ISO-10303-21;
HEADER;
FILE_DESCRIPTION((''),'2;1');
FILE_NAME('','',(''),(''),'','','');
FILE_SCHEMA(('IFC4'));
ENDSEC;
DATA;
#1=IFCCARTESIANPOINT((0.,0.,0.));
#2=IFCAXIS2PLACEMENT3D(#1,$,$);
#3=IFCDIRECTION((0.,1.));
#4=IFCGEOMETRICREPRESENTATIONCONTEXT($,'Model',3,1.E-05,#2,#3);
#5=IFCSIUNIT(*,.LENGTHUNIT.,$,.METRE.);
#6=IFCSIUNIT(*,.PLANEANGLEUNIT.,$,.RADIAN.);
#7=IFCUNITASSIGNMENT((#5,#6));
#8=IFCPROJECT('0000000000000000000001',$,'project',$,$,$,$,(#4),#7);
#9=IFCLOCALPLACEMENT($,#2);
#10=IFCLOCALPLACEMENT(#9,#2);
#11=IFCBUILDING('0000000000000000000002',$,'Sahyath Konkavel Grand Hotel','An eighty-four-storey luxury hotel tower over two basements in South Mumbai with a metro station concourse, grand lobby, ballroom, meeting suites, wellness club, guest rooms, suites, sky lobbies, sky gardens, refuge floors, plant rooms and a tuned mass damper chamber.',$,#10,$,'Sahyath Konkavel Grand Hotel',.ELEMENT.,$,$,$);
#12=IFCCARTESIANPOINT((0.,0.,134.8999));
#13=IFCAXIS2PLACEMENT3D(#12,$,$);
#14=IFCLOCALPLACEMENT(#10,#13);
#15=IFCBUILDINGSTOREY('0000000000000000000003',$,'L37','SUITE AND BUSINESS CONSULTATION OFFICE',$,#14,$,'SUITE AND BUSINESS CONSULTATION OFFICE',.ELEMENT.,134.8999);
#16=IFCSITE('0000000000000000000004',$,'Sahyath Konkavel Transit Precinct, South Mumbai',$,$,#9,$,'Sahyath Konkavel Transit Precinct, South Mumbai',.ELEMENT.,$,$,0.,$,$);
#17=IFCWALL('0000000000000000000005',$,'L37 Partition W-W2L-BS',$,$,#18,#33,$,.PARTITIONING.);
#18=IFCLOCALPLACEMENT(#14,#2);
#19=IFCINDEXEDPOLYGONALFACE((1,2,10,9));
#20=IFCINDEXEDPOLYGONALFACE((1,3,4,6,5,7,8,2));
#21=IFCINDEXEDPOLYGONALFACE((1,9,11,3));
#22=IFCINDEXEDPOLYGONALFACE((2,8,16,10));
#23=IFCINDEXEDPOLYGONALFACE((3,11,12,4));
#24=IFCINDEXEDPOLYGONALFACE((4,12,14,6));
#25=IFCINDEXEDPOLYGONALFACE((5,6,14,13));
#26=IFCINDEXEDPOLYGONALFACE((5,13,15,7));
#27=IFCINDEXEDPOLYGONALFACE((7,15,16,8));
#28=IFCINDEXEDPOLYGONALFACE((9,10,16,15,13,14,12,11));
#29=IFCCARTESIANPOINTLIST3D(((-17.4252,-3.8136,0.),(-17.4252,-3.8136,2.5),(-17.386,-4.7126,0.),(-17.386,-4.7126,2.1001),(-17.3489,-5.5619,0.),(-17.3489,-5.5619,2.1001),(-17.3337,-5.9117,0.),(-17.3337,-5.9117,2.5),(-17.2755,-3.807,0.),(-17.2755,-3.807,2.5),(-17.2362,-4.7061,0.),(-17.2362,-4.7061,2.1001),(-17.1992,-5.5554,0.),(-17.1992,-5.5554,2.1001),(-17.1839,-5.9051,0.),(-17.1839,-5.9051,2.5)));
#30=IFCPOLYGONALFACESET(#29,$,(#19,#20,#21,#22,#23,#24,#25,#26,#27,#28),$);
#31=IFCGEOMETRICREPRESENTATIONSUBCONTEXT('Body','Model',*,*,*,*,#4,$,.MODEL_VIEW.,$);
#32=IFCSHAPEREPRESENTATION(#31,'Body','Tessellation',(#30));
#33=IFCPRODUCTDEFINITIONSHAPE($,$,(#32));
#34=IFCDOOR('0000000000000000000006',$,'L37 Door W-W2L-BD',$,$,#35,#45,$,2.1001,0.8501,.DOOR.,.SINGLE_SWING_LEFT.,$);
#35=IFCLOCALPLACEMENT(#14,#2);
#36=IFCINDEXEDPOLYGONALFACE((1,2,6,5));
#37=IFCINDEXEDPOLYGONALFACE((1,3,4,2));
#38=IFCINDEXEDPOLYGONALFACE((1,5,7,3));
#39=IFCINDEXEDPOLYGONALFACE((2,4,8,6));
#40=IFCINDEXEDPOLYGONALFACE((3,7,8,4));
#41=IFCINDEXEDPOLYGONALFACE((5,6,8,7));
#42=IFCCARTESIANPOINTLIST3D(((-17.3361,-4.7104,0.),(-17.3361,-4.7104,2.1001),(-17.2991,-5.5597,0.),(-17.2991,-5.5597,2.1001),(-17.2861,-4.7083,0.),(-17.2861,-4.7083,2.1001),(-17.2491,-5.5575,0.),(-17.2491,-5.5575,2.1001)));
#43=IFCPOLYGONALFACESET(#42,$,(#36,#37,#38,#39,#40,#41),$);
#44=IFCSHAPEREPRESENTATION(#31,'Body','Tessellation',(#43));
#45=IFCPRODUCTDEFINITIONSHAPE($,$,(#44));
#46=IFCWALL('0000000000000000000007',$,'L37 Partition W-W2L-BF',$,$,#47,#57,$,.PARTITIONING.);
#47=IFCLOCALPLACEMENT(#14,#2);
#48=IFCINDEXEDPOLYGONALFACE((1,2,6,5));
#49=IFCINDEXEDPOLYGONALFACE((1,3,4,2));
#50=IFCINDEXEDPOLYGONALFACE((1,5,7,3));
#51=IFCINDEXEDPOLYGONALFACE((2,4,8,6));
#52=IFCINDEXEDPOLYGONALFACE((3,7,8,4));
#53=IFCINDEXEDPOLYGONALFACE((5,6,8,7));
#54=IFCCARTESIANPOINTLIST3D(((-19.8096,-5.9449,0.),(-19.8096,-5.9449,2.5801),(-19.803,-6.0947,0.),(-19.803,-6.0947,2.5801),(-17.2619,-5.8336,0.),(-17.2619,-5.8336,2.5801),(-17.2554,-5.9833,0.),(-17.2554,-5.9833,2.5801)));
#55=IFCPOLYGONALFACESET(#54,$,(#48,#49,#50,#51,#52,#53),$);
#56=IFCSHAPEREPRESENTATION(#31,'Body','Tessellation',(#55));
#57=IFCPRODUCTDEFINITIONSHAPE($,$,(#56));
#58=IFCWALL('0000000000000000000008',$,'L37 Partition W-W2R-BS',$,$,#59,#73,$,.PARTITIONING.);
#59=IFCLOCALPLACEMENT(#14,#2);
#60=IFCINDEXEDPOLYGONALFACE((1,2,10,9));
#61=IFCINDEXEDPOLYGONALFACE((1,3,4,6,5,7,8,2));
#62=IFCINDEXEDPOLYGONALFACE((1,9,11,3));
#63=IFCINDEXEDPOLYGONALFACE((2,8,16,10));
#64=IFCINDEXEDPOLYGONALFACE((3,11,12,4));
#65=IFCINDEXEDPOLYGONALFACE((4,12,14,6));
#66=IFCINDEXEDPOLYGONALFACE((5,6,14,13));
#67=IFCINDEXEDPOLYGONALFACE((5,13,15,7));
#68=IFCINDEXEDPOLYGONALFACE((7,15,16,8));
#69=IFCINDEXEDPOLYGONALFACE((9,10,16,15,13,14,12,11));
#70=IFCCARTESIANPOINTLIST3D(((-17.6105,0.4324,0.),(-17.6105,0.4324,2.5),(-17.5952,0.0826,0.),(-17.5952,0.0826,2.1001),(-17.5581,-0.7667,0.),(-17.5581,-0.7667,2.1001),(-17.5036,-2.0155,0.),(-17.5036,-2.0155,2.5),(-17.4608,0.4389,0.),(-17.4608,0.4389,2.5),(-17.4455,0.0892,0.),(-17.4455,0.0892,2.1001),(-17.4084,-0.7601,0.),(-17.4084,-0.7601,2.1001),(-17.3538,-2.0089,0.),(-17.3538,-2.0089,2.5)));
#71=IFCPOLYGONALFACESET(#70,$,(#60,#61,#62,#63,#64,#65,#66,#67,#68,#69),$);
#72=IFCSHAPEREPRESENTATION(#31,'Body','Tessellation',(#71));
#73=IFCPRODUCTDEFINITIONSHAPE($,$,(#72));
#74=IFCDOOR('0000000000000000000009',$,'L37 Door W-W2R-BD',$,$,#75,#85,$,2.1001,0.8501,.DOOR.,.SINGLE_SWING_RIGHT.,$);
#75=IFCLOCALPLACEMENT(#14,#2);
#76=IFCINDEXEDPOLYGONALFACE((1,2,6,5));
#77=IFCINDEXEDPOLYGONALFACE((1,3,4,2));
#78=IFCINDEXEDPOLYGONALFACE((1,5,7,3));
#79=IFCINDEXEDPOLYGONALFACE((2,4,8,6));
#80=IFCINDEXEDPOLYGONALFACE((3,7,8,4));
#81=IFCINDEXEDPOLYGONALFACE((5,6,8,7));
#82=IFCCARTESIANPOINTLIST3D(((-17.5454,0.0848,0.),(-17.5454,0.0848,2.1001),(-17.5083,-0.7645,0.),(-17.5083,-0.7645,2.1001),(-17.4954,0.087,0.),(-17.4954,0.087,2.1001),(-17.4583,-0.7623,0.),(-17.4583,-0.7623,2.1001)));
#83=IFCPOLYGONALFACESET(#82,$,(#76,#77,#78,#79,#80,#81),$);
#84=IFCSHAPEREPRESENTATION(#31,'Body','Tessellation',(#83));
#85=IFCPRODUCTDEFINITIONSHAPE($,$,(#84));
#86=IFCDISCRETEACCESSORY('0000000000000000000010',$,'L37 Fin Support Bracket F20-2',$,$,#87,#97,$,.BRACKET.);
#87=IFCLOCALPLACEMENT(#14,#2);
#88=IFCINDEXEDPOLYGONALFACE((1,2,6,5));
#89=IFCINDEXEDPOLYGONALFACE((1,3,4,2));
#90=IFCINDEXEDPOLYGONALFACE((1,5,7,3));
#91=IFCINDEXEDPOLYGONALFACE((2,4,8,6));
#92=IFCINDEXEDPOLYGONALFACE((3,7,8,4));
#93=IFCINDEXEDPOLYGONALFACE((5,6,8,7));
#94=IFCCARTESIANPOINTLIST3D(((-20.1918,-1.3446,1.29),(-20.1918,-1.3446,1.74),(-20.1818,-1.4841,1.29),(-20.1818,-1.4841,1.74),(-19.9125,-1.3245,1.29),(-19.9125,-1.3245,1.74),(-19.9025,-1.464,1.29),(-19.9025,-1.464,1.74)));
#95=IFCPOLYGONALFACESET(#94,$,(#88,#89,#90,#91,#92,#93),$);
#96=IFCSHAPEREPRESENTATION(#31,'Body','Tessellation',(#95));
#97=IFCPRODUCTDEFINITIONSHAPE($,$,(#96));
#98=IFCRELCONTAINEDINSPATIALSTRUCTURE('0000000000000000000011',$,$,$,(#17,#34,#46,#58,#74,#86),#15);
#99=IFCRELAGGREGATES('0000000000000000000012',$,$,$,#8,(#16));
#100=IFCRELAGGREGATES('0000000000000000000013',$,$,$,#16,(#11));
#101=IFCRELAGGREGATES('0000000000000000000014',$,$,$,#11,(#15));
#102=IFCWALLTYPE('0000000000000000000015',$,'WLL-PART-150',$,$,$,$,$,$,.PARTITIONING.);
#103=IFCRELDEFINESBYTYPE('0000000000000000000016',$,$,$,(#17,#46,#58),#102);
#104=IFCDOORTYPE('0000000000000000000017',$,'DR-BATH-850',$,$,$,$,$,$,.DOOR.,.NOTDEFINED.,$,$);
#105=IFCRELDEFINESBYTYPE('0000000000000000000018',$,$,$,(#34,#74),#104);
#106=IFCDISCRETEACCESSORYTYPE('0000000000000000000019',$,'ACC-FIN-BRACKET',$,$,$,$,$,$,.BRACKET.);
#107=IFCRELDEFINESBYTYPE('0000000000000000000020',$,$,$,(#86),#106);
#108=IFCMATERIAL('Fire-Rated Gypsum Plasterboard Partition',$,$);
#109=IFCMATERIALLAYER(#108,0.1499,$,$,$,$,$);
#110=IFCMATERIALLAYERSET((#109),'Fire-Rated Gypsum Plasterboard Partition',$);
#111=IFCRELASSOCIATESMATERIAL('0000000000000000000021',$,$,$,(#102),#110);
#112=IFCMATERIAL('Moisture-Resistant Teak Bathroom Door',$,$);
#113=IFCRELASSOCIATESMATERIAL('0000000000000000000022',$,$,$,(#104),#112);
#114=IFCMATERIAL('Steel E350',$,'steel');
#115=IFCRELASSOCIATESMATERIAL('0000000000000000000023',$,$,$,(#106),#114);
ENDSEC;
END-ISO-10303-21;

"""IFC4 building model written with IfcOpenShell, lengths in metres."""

from ifc_helpers import new_model, si_unit, direction, frame, frame_2d, origin, origin_2d, place, context, subcontext, project, spatial, rectangle, extrude, source, transform, mapped, material, layer, layer_set, type_object, element, fill, save


model = new_model("IFC4")

# Units and contexts
model_context = context("Model", 3, precision=1e-05, world=origin(), true_north=direction((0.0, 1.0)))
body_context = subcontext(model_context, "Body", "Model", "MODEL_VIEW")
ifc_project = project(units=[si_unit("LENGTHUNIT", "METRE"), si_unit("PLANEANGLEUNIT", "RADIAN")], contexts=[model_context])

# Site, building, storey
site_placement = place(None, origin())
site = spatial("IfcSite", under=ifc_project, at=site_placement, Name="Sahyath Konkavel Transit Precinct, South Mumbai", LongName="Sahyath Konkavel Transit Precinct, South Mumbai", CompositionType="ELEMENT", RefElevation=0.0)
building_placement = place(site_placement, origin())
building = spatial("IfcBuilding", under=site, at=building_placement, Name="Sahyath Konkavel Grand Hotel", Description="An eighty-four-storey luxury hotel tower over two basements in South Mumbai with a metro station concourse, grand lobby, ballroom, meeting suites, wellness club, guest rooms, suites, sky lobbies, sky gardens, refuge floors, plant rooms and a tuned mass damper chamber.", LongName="Sahyath Konkavel Grand Hotel", CompositionType="ELEMENT")
storey_placement = place(building_placement, frame((0.0, 0.0, 134.8999)))
storey = spatial("IfcBuildingStorey", under=building, at=storey_placement, Name="L37", Description="SUITE AND BUSINESS CONSULTATION OFFICE", LongName="SUITE AND BUSINESS CONSULTATION OFFICE", CompositionType="ELEMENT", Elevation=134.8999)

# Shared definitions
ifc_material_1 = material(Name="Steel E350", Category="steel")

# Wall, opening, door
ifc_material_2 = material(Name="Fire-Rated Gypsum Plasterboard Partition")
ifc_layer_1 = layer(ifc_material_2, 0.1499)
ifc_layer_set_1 = layer_set([ifc_layer_1], Name="Fire-Rated Gypsum Plasterboard Partition")
wall_type_1 = type_object("IfcWallType", Name="WLL-PART-150", PredefinedType="PARTITIONING", material=ifc_layer_set_1)
wall_1_placement = place(storey_placement, frame((-17.3503, -3.8103, 0.0), z_axis=(0.0, 0.0, 1.0), x_axis=(0.043594, -0.999049, 0.0)))
wall_1 = element("IfcWall", 1, at=wall_1_placement, inside=storey, type_object=wall_type_1, Name="L37 Partition W-W2L-BS", PredefinedType="PARTITIONING", context=body_context, shape_type="SweptSolid", body=[
    extrude(rectangle(XDim=2.1001, YDim=0.1499, at=frame_2d((1.05, 0.0))), origin(), (0.0, 0.0, 1.0), 2.5),
])
opening_1_placement = place(wall_1_placement, frame((0.8999, 0.0, 0.0)))
opening_1 = element("IfcOpeningElement", 2, at=opening_1_placement, cuts=wall_1, PredefinedType="OPENING", context=body_context, shape_type="SweptSolid", body=[
    extrude(rectangle(XDim=0.8501, YDim=2.1001, at=frame_2d((0.425, 1.05))), frame((0.0, 0.085, 0.0), z_axis=(0.0, -1.0, 0.0), x_axis=(1.0, 0.0, 0.0)), (0.0, 0.0, 1.0), 0.1699),
])
ifc_material_3 = material(Name="Moisture-Resistant Teak Bathroom Door")
door_type = type_object("IfcDoorType", Name="DR-BATH-850", OperationType="NOTDEFINED", PredefinedType="DOOR", material=ifc_material_3)
shared_shape_1 = source(origin(), body_context, "Body", "SweptSolid", [
    extrude(rectangle(XDim=0.8501, YDim=0.05, at=origin_2d()), origin(), (0.0, 0.0, 1.0), 2.1001),
])
door_1_placement = place(opening_1_placement, frame((0.425, 0.0, 0.0)))
door_1 = element("IfcDoor", 3, at=door_1_placement, inside=storey, type_object=door_type, Name="L37 Door W-W2L-BD", OperationType="SINGLE_SWING_LEFT", OverallHeight=2.1001, OverallWidth=0.8501, PredefinedType="DOOR", context=body_context, shape_type="MappedRepresentation", body=[
    mapped(shared_shape_1, transform((0.0, 0.0, 0.0), scale=1.0)),
])
fill(opening_1, door_1)

# Wall
wall_2_placement = place(storey_placement, frame((-17.2588, -5.9084, 0.0), z_axis=(0.0, 0.0, 1.0), x_axis=(-0.999047, -0.043657, 0.0)))
element("IfcWall", 4, at=wall_2_placement, inside=storey, type_object=wall_type_1, Name="L37 Partition W-W2L-BF", PredefinedType="PARTITIONING", context=body_context, shape_type="SweptSolid", body=[
    extrude(rectangle(XDim=2.55, YDim=0.1499, at=frame_2d((1.2749, 0.0))), origin(), (0.0, 0.0, 1.0), 2.5801),
])

# Wall, opening, door
wall_3_placement = place(storey_placement, frame((-17.4287, -2.0122, 0.0), z_axis=(0.0, 0.0, 1.0), x_axis=(-0.043645, 0.999047, 0.0)))
wall_3 = element("IfcWall", 5, at=wall_3_placement, inside=storey, type_object=wall_type_1, Name="L37 Partition W-W2R-BS", PredefinedType="PARTITIONING", context=body_context, shape_type="SweptSolid", body=[
    extrude(rectangle(XDim=2.4502, YDim=0.1499, at=frame_2d((1.2251, 0.0))), origin(), (0.0, 0.0, 1.0), 2.5),
])
opening_2_placement = place(wall_3_placement, frame((1.25, 0.0, 0.0)))
opening_2 = element("IfcOpeningElement", 6, at=opening_2_placement, cuts=wall_3, PredefinedType="OPENING", context=body_context, shape_type="SweptSolid", body=[
    extrude(rectangle(XDim=0.8501, YDim=2.1001, at=frame_2d((0.425, 1.05))), frame((0.0, 0.085, 0.0), z_axis=(0.0, -1.0, 0.0), x_axis=(1.0, 0.0, 0.0)), (0.0, 0.0, 1.0), 0.1699),
])
door_2_placement = place(opening_2_placement, frame((0.425, 0.0, 0.0)))
door_2 = element("IfcDoor", 7, at=door_2_placement, inside=storey, type_object=door_type, Name="L37 Door W-W2R-BD", OperationType="SINGLE_SWING_RIGHT", OverallHeight=2.1001, OverallWidth=0.8501, PredefinedType="DOOR", context=body_context, shape_type="MappedRepresentation", body=[
    mapped(shared_shape_1, transform((0.0, 0.0, 0.0), scale=1.0)),
])
fill(opening_2, door_2)

# Discrete accessory
discrete_accessory_type = type_object("IfcDiscreteAccessoryType", Name="ACC-FIN-BRACKET", PredefinedType="BRACKET", material=ifc_material_1)
shared_shape_2 = source(origin(), body_context, "Body", "SweptSolid", [
    extrude(rectangle(XDim=0.28, YDim=0.1399, at=origin_2d()), origin(), (0.0, 0.0, 1.0), 0.45),
])
discrete_accessory_placement = place(storey_placement, frame((-20.0471, -1.4043, 1.29), z_axis=(0.0, 0.0, 1.0), x_axis=(-0.997436, -0.071567, 0.0)))
element("IfcDiscreteAccessory", 8, at=discrete_accessory_placement, inside=storey, type_object=discrete_accessory_type, Name="L37 Fin Support Bracket F20-2", PredefinedType="BRACKET", context=body_context, shape_type="MappedRepresentation", body=[
    mapped(shared_shape_2, transform((0.0, 0.0, 0.0), scale=1.0)),
])

save(model, "model.ifc")
